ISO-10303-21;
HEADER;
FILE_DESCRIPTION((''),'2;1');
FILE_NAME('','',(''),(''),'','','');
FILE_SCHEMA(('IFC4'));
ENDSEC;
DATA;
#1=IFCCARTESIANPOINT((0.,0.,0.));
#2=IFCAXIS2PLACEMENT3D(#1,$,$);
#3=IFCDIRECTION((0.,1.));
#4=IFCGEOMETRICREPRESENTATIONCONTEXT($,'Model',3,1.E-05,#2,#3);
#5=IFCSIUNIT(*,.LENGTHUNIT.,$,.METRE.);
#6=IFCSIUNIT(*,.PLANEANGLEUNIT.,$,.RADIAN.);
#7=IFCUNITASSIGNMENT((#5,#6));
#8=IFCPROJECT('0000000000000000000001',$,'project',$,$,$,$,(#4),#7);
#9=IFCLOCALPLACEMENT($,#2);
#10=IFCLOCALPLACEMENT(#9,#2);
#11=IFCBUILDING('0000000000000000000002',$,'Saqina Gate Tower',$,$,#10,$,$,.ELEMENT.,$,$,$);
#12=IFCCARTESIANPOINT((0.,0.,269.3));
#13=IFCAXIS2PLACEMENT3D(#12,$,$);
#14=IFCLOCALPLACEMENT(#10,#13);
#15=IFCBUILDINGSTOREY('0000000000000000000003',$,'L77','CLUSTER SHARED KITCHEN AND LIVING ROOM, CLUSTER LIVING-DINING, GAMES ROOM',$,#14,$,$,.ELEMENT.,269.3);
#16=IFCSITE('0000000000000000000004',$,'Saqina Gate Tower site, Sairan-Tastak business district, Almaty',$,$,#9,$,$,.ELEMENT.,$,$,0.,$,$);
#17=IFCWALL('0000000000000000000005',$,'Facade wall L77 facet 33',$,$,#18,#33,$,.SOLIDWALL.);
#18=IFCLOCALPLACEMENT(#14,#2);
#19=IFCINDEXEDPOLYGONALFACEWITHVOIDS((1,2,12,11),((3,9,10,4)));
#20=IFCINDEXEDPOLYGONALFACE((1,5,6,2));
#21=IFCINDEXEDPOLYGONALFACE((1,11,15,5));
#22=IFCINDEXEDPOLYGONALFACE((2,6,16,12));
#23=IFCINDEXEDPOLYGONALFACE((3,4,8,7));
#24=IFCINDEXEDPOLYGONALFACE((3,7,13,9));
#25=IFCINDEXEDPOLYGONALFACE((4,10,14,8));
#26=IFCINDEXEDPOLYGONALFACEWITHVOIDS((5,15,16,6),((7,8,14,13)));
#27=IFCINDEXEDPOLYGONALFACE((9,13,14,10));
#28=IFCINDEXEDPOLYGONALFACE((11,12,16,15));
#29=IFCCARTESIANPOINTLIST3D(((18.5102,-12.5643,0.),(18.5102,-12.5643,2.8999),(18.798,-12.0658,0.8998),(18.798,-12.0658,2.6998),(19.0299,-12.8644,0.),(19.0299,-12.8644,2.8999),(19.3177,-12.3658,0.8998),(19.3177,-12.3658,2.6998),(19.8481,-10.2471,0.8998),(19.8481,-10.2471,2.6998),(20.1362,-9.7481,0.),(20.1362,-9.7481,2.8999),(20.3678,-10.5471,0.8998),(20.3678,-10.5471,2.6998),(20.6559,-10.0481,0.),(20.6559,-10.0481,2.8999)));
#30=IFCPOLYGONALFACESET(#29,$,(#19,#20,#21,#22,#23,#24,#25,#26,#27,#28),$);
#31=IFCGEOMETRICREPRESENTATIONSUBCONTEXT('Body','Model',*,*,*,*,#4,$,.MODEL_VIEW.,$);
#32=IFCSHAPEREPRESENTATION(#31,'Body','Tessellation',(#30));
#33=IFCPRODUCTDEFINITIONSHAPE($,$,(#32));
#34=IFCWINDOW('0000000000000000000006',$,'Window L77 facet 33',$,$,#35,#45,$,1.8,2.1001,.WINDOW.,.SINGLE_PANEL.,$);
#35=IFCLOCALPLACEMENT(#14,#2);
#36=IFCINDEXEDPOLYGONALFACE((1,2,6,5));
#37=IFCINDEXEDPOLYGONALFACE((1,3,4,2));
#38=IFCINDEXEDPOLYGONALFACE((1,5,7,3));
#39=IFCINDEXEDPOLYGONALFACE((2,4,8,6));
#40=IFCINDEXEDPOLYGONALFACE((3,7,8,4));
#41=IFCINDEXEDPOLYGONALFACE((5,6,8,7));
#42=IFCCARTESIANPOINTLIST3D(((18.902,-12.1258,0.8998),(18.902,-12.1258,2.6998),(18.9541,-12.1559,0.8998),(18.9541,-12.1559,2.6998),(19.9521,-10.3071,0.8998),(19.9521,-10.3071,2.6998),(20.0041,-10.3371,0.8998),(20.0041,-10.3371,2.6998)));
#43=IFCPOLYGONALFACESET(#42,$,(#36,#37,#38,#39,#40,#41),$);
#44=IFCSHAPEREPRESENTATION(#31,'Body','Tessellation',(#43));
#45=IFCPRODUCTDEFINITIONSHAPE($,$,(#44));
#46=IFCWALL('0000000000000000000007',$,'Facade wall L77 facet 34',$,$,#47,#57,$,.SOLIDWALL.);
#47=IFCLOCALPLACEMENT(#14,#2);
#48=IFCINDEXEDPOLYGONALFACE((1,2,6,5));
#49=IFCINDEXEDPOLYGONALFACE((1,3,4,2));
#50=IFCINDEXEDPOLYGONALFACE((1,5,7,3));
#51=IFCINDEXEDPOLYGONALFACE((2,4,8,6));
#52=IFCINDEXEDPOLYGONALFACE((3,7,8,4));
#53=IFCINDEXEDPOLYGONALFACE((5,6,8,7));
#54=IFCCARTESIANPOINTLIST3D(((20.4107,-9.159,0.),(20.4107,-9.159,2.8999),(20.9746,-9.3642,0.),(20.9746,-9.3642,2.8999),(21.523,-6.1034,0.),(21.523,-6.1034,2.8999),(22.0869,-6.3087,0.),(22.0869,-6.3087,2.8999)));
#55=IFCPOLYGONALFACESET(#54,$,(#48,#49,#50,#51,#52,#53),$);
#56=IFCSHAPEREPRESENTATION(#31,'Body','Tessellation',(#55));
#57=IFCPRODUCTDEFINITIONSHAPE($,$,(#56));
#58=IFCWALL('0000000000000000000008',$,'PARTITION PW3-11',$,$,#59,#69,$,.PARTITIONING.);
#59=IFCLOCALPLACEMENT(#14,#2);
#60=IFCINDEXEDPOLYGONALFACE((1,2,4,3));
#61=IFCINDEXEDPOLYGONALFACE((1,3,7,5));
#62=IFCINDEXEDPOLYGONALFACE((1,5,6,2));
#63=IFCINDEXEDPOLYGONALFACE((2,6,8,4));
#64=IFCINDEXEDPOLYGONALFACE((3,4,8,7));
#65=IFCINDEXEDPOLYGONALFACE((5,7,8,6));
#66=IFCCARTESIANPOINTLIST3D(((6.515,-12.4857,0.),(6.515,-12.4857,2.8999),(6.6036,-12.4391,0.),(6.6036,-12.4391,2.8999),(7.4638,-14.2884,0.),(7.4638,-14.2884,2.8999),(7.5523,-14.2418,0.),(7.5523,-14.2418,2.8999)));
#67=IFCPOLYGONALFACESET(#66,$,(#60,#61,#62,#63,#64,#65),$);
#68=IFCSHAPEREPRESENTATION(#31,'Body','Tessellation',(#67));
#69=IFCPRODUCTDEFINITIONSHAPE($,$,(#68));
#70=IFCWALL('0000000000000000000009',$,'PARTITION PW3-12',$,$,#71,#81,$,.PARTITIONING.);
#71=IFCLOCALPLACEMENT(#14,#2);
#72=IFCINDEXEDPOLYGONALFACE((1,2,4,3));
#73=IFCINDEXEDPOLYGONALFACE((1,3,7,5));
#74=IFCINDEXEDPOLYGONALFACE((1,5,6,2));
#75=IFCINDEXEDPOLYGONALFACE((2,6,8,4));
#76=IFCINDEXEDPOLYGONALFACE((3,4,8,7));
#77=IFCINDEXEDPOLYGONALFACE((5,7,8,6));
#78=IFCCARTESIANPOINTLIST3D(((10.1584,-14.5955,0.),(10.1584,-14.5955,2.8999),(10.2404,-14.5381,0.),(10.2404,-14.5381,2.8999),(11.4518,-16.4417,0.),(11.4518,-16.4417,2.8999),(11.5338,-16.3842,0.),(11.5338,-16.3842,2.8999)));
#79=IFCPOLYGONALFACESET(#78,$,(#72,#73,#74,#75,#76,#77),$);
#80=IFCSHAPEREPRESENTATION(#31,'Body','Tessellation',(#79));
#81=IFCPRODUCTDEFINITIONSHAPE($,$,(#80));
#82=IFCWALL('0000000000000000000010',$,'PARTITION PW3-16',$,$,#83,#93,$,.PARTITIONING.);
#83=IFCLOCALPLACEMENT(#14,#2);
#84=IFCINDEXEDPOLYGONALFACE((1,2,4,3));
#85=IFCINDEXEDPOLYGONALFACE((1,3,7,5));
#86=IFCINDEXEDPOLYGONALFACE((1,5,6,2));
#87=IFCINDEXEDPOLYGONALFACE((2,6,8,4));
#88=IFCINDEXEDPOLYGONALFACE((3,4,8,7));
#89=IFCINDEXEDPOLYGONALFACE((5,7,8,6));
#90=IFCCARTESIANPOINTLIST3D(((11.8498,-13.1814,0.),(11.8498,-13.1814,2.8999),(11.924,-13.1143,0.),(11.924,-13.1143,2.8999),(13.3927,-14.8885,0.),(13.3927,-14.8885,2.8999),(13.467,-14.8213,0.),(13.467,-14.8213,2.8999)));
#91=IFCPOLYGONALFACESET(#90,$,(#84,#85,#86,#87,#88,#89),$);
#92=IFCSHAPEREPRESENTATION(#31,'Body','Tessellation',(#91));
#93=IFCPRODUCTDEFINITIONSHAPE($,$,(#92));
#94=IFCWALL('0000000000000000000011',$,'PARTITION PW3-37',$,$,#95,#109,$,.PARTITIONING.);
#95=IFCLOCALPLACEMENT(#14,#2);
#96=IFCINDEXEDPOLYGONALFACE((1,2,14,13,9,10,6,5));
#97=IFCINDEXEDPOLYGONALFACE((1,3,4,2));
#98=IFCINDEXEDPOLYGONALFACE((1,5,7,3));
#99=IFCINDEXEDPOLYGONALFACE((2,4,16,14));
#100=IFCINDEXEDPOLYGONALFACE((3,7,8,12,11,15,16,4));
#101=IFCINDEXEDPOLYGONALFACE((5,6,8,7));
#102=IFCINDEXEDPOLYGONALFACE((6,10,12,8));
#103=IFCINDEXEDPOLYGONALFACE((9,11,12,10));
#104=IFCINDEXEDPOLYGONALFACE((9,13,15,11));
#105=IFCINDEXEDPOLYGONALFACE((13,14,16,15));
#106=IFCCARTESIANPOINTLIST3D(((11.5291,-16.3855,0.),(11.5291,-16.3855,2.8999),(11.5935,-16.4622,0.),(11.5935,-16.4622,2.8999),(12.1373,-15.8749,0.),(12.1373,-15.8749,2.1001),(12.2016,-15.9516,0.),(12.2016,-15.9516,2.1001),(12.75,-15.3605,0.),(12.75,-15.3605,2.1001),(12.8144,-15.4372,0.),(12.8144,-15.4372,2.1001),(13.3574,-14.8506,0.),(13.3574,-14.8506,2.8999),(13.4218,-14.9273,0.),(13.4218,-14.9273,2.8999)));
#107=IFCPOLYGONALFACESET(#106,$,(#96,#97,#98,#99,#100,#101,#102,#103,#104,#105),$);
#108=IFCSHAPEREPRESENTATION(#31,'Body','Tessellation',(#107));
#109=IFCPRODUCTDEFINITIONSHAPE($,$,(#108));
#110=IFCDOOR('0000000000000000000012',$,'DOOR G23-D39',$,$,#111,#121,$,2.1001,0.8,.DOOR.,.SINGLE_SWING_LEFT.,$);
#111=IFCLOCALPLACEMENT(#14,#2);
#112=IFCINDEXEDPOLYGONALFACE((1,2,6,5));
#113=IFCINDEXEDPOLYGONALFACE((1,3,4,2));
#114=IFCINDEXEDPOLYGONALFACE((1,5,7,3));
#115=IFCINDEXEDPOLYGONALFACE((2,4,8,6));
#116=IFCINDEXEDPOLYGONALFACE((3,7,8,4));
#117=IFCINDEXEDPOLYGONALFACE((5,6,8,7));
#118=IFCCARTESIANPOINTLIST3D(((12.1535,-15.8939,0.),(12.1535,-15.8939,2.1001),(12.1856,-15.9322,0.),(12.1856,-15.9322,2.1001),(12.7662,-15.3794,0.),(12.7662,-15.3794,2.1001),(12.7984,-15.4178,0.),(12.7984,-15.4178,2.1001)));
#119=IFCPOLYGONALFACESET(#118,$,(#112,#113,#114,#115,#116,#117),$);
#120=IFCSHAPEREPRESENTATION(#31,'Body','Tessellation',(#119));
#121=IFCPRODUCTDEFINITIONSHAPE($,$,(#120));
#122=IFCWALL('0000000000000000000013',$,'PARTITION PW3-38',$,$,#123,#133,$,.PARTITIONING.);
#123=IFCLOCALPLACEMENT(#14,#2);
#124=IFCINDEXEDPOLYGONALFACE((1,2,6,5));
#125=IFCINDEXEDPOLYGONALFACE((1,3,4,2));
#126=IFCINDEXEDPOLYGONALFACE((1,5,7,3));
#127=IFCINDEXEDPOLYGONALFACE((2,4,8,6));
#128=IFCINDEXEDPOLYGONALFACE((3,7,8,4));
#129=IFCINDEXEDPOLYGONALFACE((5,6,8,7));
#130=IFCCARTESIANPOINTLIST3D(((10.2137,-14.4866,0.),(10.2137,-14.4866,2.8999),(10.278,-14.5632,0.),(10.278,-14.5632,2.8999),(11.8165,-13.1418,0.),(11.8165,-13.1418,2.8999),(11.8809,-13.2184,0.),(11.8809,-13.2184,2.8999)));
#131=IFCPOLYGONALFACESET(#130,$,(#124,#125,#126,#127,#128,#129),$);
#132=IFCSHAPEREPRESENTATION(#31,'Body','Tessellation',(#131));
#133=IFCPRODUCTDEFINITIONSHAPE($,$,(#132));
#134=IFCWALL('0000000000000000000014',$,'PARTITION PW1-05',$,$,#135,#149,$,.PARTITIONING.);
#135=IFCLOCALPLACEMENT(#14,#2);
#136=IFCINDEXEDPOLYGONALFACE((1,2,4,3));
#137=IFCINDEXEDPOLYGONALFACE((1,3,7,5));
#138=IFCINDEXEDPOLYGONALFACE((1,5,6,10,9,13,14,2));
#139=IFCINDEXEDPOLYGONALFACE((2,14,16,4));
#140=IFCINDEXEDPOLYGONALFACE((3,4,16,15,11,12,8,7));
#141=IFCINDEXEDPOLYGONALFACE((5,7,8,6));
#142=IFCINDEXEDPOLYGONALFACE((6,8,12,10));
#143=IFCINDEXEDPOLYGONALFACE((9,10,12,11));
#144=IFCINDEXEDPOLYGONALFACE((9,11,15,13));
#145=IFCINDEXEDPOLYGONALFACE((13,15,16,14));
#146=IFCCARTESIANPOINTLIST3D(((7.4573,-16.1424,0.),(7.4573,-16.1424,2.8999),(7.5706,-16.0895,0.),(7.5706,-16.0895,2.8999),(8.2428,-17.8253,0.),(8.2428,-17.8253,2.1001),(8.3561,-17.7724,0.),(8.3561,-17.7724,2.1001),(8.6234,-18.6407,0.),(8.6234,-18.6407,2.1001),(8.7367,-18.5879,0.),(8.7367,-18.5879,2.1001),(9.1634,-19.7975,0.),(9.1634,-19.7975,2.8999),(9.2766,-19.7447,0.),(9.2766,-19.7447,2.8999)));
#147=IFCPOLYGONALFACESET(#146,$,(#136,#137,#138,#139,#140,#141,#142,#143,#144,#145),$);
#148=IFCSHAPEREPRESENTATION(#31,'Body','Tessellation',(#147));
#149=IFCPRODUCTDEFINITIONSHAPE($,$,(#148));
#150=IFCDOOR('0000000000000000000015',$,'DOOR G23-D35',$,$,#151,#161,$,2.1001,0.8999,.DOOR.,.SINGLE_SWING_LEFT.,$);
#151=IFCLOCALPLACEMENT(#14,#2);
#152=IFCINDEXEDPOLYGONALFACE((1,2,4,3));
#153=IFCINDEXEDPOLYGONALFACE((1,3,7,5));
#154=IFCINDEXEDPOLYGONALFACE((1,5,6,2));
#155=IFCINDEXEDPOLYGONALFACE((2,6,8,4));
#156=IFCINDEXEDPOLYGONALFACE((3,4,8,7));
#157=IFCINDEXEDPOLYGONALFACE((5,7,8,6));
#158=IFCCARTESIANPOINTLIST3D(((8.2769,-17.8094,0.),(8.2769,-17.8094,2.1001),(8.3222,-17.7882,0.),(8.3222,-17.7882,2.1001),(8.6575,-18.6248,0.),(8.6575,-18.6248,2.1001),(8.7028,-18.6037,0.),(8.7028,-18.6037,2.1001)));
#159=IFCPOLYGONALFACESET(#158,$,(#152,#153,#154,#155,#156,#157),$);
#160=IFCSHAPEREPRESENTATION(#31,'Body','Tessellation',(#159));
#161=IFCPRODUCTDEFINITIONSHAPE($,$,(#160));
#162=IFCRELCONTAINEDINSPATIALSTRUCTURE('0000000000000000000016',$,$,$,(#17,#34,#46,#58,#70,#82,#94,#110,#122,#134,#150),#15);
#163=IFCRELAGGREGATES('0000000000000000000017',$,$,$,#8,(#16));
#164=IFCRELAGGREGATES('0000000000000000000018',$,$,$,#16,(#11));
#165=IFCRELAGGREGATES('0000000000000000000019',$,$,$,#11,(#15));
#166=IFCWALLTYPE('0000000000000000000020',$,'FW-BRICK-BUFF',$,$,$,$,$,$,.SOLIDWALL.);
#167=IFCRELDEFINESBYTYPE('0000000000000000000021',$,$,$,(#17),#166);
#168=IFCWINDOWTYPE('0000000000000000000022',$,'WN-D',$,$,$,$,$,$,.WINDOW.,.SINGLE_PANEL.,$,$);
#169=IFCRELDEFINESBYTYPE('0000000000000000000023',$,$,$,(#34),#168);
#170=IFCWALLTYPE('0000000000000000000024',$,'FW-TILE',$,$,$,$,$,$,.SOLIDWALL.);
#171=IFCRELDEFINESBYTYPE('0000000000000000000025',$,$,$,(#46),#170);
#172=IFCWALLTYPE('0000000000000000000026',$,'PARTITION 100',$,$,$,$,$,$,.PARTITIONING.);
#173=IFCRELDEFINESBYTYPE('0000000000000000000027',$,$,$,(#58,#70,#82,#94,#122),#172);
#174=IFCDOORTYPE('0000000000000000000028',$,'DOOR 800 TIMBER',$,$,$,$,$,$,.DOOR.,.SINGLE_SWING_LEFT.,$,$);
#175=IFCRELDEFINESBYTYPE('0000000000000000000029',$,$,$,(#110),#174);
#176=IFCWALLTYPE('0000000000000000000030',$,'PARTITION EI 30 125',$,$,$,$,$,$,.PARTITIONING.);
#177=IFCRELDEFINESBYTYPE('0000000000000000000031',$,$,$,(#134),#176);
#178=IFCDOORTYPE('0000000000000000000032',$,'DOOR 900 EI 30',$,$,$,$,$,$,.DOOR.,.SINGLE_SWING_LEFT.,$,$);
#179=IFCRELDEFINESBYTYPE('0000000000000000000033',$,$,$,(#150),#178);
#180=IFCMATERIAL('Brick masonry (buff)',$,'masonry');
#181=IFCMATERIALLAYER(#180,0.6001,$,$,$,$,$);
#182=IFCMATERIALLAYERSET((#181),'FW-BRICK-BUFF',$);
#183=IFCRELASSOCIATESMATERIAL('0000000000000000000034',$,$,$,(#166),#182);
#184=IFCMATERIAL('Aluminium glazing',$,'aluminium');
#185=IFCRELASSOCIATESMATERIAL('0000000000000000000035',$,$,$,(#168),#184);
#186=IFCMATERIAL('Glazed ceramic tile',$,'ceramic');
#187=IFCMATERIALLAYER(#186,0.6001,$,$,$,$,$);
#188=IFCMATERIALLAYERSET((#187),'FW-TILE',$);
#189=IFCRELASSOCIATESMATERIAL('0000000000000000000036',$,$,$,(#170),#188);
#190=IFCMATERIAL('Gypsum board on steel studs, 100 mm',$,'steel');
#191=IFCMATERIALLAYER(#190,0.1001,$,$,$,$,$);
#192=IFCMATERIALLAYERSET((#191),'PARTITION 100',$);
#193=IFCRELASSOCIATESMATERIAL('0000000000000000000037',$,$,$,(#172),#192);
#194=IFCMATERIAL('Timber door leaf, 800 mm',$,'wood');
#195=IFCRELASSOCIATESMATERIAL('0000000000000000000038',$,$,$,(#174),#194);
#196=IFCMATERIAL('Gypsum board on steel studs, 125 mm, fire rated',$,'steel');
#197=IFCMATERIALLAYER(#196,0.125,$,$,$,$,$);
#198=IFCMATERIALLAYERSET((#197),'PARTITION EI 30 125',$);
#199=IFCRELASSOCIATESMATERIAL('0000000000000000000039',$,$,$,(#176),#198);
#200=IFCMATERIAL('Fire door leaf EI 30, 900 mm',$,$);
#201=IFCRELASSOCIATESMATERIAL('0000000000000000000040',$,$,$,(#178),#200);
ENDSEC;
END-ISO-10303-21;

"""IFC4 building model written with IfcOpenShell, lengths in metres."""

from ifc_helpers import new_model, si_unit, direction, frame, frame_2d, origin, place, context, subcontext, project, spatial, rectangle, extrude, material, layer, layer_set, type_object, element, fill, save


model = new_model("IFC4")

# Units and contexts
model_context = context("Model", 3, precision=1e-05, world=origin(), true_north=direction((0.0, 1.0)))
body_context = subcontext(model_context, "Body", "Model", "MODEL_VIEW")
ifc_project = project(units=[si_unit("LENGTHUNIT", "METRE"), si_unit("PLANEANGLEUNIT", "RADIAN")], contexts=[model_context])

# Site, building, storey
site_placement = place(None, origin())
site = spatial("IfcSite", under=ifc_project, at=site_placement, Name="Saqina Gate Tower site, Sairan-Tastak business district, Almaty", CompositionType="ELEMENT", RefElevation=0.0)
building_placement = place(site_placement, origin())
building = spatial("IfcBuilding", under=site, at=building_placement, Name="Saqina Gate Tower", CompositionType="ELEMENT")
storey_placement = place(building_placement, frame((0.0, 0.0, 269.3)))
storey = spatial("IfcBuildingStorey", under=building, at=storey_placement, Name="L77", Description="CLUSTER SHARED KITCHEN AND LIVING ROOM, CLUSTER LIVING-DINING, GAMES ROOM", CompositionType="ELEMENT", Elevation=269.3)

# Wall, opening, window
ifc_material_1 = material(Name="Brick masonry (buff)", Category="masonry")
ifc_layer_1 = layer(ifc_material_1, 0.6001)
ifc_layer_set_1 = layer_set([ifc_layer_1], Name="FW-BRICK-BUFF")
wall_type_1 = type_object("IfcWallType", Name="FW-BRICK-BUFF", PredefinedType="SOLIDWALL", material=ifc_layer_set_1)
ifc_material_2 = material(Name="Aluminium glazing", Category="aluminium")
window_type = type_object("IfcWindowType", Name="WN-D", PartitioningType="SINGLE_PANEL", PredefinedType="WINDOW", material=ifc_material_2)
wall_1_placement = place(storey_placement, frame((18.77, -12.7144, 0.0), z_axis=(0.0, 0.0, 1.0), x_axis=(0.500015, 0.866017, 0.0)))
wall_1 = element("IfcWall", 1, at=wall_1_placement, inside=storey, type_object=wall_type_1, Name="Facade wall L77 facet 33", PredefinedType="SOLIDWALL", context=body_context, shape_type="SweptSolid", body=[
    extrude(rectangle(XDim=3.252, YDim=0.6001, at=frame_2d((1.626, 0.0))), origin(), (0.0, 0.0, 1.0), 2.8999),
])
opening_1_placement = place(wall_1_placement, frame((0.5757, 0.0, 0.8999)))
opening_1 = element("IfcOpeningElement", 2, at=opening_1_placement, cuts=wall_1, PredefinedType="OPENING", context=body_context, shape_type="SweptSolid", body=[
    extrude(rectangle(XDim=2.1001, YDim=1.8, at=frame_2d((1.05, 0.8999))), frame((0.0, 0.312, 0.0), z_axis=(0.0, -1.0, 0.0), x_axis=(1.0, 0.0, 0.0)), (0.0, 0.0, 1.0), 0.624),
])
window_1_placement = place(opening_1_placement, origin())
window_1 = element("IfcWindow", 3, at=window_1_placement, inside=storey, type_object=window_type, Name="Window L77 facet 33", OverallHeight=1.8, OverallWidth=2.1001, PartitioningType="SINGLE_PANEL", PredefinedType="WINDOW", context=body_context, shape_type="SweptSolid", body=[
    extrude(rectangle(XDim=2.1001, YDim=1.8, at=frame_2d((1.05, 0.8999))), frame((0.0, 0.1799, 0.0), z_axis=(0.0, -1.0, 0.0), x_axis=(1.0, 0.0, 0.0)), (0.0, 0.0, 1.0), 0.0601),
])
fill(opening_1, window_1)

# Walls
ifc_material_3 = material(Name="Glazed ceramic tile", Category="ceramic")
ifc_layer_2 = layer(ifc_material_3, 0.6001)
ifc_layer_set_2 = layer_set([ifc_layer_2], Name="FW-TILE")
wall_type_2 = type_object("IfcWallType", Name="FW-TILE", PredefinedType="SOLIDWALL", material=ifc_layer_set_2)
wall_2_placement = place(storey_placement, frame((20.6926, -9.2617, 0.0), z_axis=(0.0, 0.0, 1.0), x_axis=(0.342057, 0.939679, 0.0)))
element("IfcWall", 4, at=wall_2_placement, inside=storey, type_object=wall_type_2, Name="Facade wall L77 facet 34", PredefinedType="SOLIDWALL", context=body_context, shape_type="SweptSolid", body=[
    extrude(rectangle(XDim=3.2517, YDim=0.6001, at=frame_2d((1.626, 0.0))), origin(), (0.0, 0.0, 1.0), 2.8999),
])
ifc_material_4 = material(Name="Gypsum board on steel studs, 100 mm", Category="steel")
ifc_layer_3 = layer(ifc_material_4, 0.1001)
ifc_layer_set_3 = layer_set([ifc_layer_3], Name="PARTITION 100")
wall_type_3 = type_object("IfcWallType", Name="PARTITION 100", PredefinedType="PARTITIONING", material=ifc_layer_set_3)
wall_3_placement = place(storey_placement, frame((6.5593, -12.4624, 0.0), z_axis=(0.0, 0.0, 1.0), x_axis=(0.465717, -0.884934, 0.0)))
element("IfcWall", 5, at=wall_3_placement, inside=storey, type_object=wall_type_3, Name="PARTITION PW3-11", PredefinedType="PARTITIONING", context=body_context, shape_type="SweptSolid", body=[
    extrude(rectangle(XDim=2.0371, YDim=0.1001, at=frame_2d((1.0186, 0.0))), origin(), (0.0, 0.0, 1.0), 2.8999),
])
wall_4_placement = place(storey_placement, frame((10.1995, -14.5669, 0.0), z_axis=(0.0, 0.0, 1.0), x_axis=(0.573797, -0.818998, 0.0)))
element("IfcWall", 6, at=wall_4_placement, inside=storey, type_object=wall_type_3, Name="PARTITION PW3-12", PredefinedType="PARTITIONING", context=body_context, shape_type="SweptSolid", body=[
    extrude(rectangle(XDim=2.2542, YDim=0.1001, at=frame_2d((1.127, 0.0))), origin(), (0.0, 0.0, 1.0), 2.8999),
])
wall_5_placement = place(storey_placement, frame((11.887, -13.1479, 0.0), z_axis=(0.0, 0.0, 1.0), x_axis=(0.670558, -0.741857, 0.0)))
element("IfcWall", 7, at=wall_5_placement, inside=storey, type_object=wall_type_3, Name="PARTITION PW3-16", PredefinedType="PARTITIONING", context=body_context, shape_type="SweptSolid", body=[
    extrude(rectangle(XDim=2.301, YDim=0.1001, at=frame_2d((1.1504, 0.0))), origin(), (0.0, 0.0, 1.0), 2.8999),
])

# Wall, opening, door
wall_6_placement = place(storey_placement, frame((11.5613, -16.4238, 0.0), z_axis=(0.0, 0.0, 1.0), x_axis=(0.765894, 0.642967, 0.0)))
wall_6 = element("IfcWall", 8, at=wall_6_placement, inside=storey, type_object=wall_type_3, Name="PARTITION PW3-37", PredefinedType="PARTITIONING", context=body_context, shape_type="SweptSolid", body=[
    extrude(rectangle(XDim=2.3872, YDim=0.1001, at=frame_2d((1.1936, 0.0))), origin(), (0.0, 0.0, 1.0), 2.8999),
])
opening_2_placement = place(wall_6_placement, frame((0.7942, 0.0, 0.0)))
opening_2 = element("IfcOpeningElement", 9, at=opening_2_placement, cuts=wall_6, PredefinedType="OPENING", context=body_context, shape_type="SweptSolid", body=[
    extrude(rectangle(XDim=0.8, YDim=2.1001, at=frame_2d((0.3999, 1.05))), frame((0.0, 0.062, 0.0), z_axis=(0.0, -1.0, 0.0), x_axis=(1.0, 0.0, 0.0)), (0.0, 0.0, 1.0), 0.124),
])
ifc_material_5 = material(Name="Timber door leaf, 800 mm", Category="wood")
door_type_1 = type_object("IfcDoorType", Name="DOOR 800 TIMBER", OperationType="SINGLE_SWING_LEFT", PredefinedType="DOOR", material=ifc_material_5)
door_1_placement = place(opening_2_placement, frame((0.8, 0.0, 0.0), z_axis=(0.0, 0.0, 1.0), x_axis=(-1.0, 0.0, 0.0)))
door_1 = element("IfcDoor", 10, at=door_1_placement, inside=storey, type_object=door_type_1, Name="DOOR G23-D39", OperationType="SINGLE_SWING_LEFT", OverallHeight=2.1001, OverallWidth=0.8, PredefinedType="DOOR", context=body_context, shape_type="SweptSolid", body=[
    extrude(rectangle(XDim=0.8, YDim=2.1001, at=frame_2d((0.3999, 1.05))), frame((0.0, 0.0249, 0.0), z_axis=(0.0, -1.0, 0.0), x_axis=(1.0, 0.0, 0.0)), (0.0, 0.0, 1.0), 0.05),
])
fill(opening_2, door_1)

# Wall
wall_7_placement = place(storey_placement, frame((10.2458, -14.5249, 0.0), z_axis=(0.0, 0.0, 1.0), x_axis=(0.766084, 0.64274, 0.0)))
element("IfcWall", 11, at=wall_7_placement, inside=storey, type_object=wall_type_3, Name="PARTITION PW3-38", PredefinedType="PARTITIONING", context=body_context, shape_type="SweptSolid", body=[
    extrude(rectangle(XDim=2.0923, YDim=0.1001, at=frame_2d((1.0461, 0.0))), origin(), (0.0, 0.0, 1.0), 2.8999),
])

# Wall, opening, door
ifc_material_6 = material(Name="Gypsum board on steel studs, 125 mm, fire rated", Category="steel")
ifc_layer_4 = layer(ifc_material_6, 0.125)
ifc_layer_set_4 = layer_set([ifc_layer_4], Name="PARTITION EI 30 125")
wall_type_4 = type_object("IfcWallType", Name="PARTITION EI 30 125", PredefinedType="PARTITIONING", material=ifc_layer_set_4)
wall_8_placement = place(storey_placement, frame((7.5139, -16.116, 0.0), z_axis=(0.0, 0.0, 1.0), x_axis=(0.422962, -0.906148, 0.0)))
wall_8 = element("IfcWall", 12, at=wall_8_placement, inside=storey, type_object=wall_type_4, Name="PARTITION PW1-05", PredefinedType="PARTITIONING", context=body_context, shape_type="SweptSolid", body=[
    extrude(rectangle(XDim=4.0337, YDim=0.125, at=frame_2d((2.0168, 0.0))), origin(), (0.0, 0.0, 1.0), 2.8999),
])
opening_3_placement = place(wall_8_placement, frame((1.8572, 0.0, 0.0)))
opening_3 = element("IfcOpeningElement", 13, at=opening_3_placement, cuts=wall_8, PredefinedType="OPENING", context=body_context, shape_type="SweptSolid", body=[
    extrude(rectangle(XDim=0.8999, YDim=2.1001, at=frame_2d((0.45, 1.05))), frame((0.0, 0.0745, 0.0), z_axis=(0.0, -1.0, 0.0), x_axis=(1.0, 0.0, 0.0)), (0.0, 0.0, 1.0), 0.1489),
])
ifc_material_7 = material(Name="Fire door leaf EI 30, 900 mm")
door_type_2 = type_object("IfcDoorType", Name="DOOR 900 EI 30", OperationType="SINGLE_SWING_LEFT", PredefinedType="DOOR", material=ifc_material_7)
door_2_placement = place(opening_3_placement, frame((0.8999, 0.0, 0.0), z_axis=(0.0, 0.0, 1.0), x_axis=(-1.0, 0.0, 0.0)))
door_2 = element("IfcDoor", 14, at=door_2_placement, inside=storey, type_object=door_type_2, Name="DOOR G23-D35", OperationType="SINGLE_SWING_LEFT", OverallHeight=2.1001, OverallWidth=0.8999, PredefinedType="DOOR", context=body_context, shape_type="SweptSolid", body=[
    extrude(rectangle(XDim=0.8999, YDim=2.1001, at=frame_2d((0.45, 1.05))), frame((0.0, 0.0249, 0.0), z_axis=(0.0, -1.0, 0.0), x_axis=(1.0, 0.0, 0.0)), (0.0, 0.0, 1.0), 0.05),
])
fill(opening_3, door_2)

save(model, "model.ifc")
